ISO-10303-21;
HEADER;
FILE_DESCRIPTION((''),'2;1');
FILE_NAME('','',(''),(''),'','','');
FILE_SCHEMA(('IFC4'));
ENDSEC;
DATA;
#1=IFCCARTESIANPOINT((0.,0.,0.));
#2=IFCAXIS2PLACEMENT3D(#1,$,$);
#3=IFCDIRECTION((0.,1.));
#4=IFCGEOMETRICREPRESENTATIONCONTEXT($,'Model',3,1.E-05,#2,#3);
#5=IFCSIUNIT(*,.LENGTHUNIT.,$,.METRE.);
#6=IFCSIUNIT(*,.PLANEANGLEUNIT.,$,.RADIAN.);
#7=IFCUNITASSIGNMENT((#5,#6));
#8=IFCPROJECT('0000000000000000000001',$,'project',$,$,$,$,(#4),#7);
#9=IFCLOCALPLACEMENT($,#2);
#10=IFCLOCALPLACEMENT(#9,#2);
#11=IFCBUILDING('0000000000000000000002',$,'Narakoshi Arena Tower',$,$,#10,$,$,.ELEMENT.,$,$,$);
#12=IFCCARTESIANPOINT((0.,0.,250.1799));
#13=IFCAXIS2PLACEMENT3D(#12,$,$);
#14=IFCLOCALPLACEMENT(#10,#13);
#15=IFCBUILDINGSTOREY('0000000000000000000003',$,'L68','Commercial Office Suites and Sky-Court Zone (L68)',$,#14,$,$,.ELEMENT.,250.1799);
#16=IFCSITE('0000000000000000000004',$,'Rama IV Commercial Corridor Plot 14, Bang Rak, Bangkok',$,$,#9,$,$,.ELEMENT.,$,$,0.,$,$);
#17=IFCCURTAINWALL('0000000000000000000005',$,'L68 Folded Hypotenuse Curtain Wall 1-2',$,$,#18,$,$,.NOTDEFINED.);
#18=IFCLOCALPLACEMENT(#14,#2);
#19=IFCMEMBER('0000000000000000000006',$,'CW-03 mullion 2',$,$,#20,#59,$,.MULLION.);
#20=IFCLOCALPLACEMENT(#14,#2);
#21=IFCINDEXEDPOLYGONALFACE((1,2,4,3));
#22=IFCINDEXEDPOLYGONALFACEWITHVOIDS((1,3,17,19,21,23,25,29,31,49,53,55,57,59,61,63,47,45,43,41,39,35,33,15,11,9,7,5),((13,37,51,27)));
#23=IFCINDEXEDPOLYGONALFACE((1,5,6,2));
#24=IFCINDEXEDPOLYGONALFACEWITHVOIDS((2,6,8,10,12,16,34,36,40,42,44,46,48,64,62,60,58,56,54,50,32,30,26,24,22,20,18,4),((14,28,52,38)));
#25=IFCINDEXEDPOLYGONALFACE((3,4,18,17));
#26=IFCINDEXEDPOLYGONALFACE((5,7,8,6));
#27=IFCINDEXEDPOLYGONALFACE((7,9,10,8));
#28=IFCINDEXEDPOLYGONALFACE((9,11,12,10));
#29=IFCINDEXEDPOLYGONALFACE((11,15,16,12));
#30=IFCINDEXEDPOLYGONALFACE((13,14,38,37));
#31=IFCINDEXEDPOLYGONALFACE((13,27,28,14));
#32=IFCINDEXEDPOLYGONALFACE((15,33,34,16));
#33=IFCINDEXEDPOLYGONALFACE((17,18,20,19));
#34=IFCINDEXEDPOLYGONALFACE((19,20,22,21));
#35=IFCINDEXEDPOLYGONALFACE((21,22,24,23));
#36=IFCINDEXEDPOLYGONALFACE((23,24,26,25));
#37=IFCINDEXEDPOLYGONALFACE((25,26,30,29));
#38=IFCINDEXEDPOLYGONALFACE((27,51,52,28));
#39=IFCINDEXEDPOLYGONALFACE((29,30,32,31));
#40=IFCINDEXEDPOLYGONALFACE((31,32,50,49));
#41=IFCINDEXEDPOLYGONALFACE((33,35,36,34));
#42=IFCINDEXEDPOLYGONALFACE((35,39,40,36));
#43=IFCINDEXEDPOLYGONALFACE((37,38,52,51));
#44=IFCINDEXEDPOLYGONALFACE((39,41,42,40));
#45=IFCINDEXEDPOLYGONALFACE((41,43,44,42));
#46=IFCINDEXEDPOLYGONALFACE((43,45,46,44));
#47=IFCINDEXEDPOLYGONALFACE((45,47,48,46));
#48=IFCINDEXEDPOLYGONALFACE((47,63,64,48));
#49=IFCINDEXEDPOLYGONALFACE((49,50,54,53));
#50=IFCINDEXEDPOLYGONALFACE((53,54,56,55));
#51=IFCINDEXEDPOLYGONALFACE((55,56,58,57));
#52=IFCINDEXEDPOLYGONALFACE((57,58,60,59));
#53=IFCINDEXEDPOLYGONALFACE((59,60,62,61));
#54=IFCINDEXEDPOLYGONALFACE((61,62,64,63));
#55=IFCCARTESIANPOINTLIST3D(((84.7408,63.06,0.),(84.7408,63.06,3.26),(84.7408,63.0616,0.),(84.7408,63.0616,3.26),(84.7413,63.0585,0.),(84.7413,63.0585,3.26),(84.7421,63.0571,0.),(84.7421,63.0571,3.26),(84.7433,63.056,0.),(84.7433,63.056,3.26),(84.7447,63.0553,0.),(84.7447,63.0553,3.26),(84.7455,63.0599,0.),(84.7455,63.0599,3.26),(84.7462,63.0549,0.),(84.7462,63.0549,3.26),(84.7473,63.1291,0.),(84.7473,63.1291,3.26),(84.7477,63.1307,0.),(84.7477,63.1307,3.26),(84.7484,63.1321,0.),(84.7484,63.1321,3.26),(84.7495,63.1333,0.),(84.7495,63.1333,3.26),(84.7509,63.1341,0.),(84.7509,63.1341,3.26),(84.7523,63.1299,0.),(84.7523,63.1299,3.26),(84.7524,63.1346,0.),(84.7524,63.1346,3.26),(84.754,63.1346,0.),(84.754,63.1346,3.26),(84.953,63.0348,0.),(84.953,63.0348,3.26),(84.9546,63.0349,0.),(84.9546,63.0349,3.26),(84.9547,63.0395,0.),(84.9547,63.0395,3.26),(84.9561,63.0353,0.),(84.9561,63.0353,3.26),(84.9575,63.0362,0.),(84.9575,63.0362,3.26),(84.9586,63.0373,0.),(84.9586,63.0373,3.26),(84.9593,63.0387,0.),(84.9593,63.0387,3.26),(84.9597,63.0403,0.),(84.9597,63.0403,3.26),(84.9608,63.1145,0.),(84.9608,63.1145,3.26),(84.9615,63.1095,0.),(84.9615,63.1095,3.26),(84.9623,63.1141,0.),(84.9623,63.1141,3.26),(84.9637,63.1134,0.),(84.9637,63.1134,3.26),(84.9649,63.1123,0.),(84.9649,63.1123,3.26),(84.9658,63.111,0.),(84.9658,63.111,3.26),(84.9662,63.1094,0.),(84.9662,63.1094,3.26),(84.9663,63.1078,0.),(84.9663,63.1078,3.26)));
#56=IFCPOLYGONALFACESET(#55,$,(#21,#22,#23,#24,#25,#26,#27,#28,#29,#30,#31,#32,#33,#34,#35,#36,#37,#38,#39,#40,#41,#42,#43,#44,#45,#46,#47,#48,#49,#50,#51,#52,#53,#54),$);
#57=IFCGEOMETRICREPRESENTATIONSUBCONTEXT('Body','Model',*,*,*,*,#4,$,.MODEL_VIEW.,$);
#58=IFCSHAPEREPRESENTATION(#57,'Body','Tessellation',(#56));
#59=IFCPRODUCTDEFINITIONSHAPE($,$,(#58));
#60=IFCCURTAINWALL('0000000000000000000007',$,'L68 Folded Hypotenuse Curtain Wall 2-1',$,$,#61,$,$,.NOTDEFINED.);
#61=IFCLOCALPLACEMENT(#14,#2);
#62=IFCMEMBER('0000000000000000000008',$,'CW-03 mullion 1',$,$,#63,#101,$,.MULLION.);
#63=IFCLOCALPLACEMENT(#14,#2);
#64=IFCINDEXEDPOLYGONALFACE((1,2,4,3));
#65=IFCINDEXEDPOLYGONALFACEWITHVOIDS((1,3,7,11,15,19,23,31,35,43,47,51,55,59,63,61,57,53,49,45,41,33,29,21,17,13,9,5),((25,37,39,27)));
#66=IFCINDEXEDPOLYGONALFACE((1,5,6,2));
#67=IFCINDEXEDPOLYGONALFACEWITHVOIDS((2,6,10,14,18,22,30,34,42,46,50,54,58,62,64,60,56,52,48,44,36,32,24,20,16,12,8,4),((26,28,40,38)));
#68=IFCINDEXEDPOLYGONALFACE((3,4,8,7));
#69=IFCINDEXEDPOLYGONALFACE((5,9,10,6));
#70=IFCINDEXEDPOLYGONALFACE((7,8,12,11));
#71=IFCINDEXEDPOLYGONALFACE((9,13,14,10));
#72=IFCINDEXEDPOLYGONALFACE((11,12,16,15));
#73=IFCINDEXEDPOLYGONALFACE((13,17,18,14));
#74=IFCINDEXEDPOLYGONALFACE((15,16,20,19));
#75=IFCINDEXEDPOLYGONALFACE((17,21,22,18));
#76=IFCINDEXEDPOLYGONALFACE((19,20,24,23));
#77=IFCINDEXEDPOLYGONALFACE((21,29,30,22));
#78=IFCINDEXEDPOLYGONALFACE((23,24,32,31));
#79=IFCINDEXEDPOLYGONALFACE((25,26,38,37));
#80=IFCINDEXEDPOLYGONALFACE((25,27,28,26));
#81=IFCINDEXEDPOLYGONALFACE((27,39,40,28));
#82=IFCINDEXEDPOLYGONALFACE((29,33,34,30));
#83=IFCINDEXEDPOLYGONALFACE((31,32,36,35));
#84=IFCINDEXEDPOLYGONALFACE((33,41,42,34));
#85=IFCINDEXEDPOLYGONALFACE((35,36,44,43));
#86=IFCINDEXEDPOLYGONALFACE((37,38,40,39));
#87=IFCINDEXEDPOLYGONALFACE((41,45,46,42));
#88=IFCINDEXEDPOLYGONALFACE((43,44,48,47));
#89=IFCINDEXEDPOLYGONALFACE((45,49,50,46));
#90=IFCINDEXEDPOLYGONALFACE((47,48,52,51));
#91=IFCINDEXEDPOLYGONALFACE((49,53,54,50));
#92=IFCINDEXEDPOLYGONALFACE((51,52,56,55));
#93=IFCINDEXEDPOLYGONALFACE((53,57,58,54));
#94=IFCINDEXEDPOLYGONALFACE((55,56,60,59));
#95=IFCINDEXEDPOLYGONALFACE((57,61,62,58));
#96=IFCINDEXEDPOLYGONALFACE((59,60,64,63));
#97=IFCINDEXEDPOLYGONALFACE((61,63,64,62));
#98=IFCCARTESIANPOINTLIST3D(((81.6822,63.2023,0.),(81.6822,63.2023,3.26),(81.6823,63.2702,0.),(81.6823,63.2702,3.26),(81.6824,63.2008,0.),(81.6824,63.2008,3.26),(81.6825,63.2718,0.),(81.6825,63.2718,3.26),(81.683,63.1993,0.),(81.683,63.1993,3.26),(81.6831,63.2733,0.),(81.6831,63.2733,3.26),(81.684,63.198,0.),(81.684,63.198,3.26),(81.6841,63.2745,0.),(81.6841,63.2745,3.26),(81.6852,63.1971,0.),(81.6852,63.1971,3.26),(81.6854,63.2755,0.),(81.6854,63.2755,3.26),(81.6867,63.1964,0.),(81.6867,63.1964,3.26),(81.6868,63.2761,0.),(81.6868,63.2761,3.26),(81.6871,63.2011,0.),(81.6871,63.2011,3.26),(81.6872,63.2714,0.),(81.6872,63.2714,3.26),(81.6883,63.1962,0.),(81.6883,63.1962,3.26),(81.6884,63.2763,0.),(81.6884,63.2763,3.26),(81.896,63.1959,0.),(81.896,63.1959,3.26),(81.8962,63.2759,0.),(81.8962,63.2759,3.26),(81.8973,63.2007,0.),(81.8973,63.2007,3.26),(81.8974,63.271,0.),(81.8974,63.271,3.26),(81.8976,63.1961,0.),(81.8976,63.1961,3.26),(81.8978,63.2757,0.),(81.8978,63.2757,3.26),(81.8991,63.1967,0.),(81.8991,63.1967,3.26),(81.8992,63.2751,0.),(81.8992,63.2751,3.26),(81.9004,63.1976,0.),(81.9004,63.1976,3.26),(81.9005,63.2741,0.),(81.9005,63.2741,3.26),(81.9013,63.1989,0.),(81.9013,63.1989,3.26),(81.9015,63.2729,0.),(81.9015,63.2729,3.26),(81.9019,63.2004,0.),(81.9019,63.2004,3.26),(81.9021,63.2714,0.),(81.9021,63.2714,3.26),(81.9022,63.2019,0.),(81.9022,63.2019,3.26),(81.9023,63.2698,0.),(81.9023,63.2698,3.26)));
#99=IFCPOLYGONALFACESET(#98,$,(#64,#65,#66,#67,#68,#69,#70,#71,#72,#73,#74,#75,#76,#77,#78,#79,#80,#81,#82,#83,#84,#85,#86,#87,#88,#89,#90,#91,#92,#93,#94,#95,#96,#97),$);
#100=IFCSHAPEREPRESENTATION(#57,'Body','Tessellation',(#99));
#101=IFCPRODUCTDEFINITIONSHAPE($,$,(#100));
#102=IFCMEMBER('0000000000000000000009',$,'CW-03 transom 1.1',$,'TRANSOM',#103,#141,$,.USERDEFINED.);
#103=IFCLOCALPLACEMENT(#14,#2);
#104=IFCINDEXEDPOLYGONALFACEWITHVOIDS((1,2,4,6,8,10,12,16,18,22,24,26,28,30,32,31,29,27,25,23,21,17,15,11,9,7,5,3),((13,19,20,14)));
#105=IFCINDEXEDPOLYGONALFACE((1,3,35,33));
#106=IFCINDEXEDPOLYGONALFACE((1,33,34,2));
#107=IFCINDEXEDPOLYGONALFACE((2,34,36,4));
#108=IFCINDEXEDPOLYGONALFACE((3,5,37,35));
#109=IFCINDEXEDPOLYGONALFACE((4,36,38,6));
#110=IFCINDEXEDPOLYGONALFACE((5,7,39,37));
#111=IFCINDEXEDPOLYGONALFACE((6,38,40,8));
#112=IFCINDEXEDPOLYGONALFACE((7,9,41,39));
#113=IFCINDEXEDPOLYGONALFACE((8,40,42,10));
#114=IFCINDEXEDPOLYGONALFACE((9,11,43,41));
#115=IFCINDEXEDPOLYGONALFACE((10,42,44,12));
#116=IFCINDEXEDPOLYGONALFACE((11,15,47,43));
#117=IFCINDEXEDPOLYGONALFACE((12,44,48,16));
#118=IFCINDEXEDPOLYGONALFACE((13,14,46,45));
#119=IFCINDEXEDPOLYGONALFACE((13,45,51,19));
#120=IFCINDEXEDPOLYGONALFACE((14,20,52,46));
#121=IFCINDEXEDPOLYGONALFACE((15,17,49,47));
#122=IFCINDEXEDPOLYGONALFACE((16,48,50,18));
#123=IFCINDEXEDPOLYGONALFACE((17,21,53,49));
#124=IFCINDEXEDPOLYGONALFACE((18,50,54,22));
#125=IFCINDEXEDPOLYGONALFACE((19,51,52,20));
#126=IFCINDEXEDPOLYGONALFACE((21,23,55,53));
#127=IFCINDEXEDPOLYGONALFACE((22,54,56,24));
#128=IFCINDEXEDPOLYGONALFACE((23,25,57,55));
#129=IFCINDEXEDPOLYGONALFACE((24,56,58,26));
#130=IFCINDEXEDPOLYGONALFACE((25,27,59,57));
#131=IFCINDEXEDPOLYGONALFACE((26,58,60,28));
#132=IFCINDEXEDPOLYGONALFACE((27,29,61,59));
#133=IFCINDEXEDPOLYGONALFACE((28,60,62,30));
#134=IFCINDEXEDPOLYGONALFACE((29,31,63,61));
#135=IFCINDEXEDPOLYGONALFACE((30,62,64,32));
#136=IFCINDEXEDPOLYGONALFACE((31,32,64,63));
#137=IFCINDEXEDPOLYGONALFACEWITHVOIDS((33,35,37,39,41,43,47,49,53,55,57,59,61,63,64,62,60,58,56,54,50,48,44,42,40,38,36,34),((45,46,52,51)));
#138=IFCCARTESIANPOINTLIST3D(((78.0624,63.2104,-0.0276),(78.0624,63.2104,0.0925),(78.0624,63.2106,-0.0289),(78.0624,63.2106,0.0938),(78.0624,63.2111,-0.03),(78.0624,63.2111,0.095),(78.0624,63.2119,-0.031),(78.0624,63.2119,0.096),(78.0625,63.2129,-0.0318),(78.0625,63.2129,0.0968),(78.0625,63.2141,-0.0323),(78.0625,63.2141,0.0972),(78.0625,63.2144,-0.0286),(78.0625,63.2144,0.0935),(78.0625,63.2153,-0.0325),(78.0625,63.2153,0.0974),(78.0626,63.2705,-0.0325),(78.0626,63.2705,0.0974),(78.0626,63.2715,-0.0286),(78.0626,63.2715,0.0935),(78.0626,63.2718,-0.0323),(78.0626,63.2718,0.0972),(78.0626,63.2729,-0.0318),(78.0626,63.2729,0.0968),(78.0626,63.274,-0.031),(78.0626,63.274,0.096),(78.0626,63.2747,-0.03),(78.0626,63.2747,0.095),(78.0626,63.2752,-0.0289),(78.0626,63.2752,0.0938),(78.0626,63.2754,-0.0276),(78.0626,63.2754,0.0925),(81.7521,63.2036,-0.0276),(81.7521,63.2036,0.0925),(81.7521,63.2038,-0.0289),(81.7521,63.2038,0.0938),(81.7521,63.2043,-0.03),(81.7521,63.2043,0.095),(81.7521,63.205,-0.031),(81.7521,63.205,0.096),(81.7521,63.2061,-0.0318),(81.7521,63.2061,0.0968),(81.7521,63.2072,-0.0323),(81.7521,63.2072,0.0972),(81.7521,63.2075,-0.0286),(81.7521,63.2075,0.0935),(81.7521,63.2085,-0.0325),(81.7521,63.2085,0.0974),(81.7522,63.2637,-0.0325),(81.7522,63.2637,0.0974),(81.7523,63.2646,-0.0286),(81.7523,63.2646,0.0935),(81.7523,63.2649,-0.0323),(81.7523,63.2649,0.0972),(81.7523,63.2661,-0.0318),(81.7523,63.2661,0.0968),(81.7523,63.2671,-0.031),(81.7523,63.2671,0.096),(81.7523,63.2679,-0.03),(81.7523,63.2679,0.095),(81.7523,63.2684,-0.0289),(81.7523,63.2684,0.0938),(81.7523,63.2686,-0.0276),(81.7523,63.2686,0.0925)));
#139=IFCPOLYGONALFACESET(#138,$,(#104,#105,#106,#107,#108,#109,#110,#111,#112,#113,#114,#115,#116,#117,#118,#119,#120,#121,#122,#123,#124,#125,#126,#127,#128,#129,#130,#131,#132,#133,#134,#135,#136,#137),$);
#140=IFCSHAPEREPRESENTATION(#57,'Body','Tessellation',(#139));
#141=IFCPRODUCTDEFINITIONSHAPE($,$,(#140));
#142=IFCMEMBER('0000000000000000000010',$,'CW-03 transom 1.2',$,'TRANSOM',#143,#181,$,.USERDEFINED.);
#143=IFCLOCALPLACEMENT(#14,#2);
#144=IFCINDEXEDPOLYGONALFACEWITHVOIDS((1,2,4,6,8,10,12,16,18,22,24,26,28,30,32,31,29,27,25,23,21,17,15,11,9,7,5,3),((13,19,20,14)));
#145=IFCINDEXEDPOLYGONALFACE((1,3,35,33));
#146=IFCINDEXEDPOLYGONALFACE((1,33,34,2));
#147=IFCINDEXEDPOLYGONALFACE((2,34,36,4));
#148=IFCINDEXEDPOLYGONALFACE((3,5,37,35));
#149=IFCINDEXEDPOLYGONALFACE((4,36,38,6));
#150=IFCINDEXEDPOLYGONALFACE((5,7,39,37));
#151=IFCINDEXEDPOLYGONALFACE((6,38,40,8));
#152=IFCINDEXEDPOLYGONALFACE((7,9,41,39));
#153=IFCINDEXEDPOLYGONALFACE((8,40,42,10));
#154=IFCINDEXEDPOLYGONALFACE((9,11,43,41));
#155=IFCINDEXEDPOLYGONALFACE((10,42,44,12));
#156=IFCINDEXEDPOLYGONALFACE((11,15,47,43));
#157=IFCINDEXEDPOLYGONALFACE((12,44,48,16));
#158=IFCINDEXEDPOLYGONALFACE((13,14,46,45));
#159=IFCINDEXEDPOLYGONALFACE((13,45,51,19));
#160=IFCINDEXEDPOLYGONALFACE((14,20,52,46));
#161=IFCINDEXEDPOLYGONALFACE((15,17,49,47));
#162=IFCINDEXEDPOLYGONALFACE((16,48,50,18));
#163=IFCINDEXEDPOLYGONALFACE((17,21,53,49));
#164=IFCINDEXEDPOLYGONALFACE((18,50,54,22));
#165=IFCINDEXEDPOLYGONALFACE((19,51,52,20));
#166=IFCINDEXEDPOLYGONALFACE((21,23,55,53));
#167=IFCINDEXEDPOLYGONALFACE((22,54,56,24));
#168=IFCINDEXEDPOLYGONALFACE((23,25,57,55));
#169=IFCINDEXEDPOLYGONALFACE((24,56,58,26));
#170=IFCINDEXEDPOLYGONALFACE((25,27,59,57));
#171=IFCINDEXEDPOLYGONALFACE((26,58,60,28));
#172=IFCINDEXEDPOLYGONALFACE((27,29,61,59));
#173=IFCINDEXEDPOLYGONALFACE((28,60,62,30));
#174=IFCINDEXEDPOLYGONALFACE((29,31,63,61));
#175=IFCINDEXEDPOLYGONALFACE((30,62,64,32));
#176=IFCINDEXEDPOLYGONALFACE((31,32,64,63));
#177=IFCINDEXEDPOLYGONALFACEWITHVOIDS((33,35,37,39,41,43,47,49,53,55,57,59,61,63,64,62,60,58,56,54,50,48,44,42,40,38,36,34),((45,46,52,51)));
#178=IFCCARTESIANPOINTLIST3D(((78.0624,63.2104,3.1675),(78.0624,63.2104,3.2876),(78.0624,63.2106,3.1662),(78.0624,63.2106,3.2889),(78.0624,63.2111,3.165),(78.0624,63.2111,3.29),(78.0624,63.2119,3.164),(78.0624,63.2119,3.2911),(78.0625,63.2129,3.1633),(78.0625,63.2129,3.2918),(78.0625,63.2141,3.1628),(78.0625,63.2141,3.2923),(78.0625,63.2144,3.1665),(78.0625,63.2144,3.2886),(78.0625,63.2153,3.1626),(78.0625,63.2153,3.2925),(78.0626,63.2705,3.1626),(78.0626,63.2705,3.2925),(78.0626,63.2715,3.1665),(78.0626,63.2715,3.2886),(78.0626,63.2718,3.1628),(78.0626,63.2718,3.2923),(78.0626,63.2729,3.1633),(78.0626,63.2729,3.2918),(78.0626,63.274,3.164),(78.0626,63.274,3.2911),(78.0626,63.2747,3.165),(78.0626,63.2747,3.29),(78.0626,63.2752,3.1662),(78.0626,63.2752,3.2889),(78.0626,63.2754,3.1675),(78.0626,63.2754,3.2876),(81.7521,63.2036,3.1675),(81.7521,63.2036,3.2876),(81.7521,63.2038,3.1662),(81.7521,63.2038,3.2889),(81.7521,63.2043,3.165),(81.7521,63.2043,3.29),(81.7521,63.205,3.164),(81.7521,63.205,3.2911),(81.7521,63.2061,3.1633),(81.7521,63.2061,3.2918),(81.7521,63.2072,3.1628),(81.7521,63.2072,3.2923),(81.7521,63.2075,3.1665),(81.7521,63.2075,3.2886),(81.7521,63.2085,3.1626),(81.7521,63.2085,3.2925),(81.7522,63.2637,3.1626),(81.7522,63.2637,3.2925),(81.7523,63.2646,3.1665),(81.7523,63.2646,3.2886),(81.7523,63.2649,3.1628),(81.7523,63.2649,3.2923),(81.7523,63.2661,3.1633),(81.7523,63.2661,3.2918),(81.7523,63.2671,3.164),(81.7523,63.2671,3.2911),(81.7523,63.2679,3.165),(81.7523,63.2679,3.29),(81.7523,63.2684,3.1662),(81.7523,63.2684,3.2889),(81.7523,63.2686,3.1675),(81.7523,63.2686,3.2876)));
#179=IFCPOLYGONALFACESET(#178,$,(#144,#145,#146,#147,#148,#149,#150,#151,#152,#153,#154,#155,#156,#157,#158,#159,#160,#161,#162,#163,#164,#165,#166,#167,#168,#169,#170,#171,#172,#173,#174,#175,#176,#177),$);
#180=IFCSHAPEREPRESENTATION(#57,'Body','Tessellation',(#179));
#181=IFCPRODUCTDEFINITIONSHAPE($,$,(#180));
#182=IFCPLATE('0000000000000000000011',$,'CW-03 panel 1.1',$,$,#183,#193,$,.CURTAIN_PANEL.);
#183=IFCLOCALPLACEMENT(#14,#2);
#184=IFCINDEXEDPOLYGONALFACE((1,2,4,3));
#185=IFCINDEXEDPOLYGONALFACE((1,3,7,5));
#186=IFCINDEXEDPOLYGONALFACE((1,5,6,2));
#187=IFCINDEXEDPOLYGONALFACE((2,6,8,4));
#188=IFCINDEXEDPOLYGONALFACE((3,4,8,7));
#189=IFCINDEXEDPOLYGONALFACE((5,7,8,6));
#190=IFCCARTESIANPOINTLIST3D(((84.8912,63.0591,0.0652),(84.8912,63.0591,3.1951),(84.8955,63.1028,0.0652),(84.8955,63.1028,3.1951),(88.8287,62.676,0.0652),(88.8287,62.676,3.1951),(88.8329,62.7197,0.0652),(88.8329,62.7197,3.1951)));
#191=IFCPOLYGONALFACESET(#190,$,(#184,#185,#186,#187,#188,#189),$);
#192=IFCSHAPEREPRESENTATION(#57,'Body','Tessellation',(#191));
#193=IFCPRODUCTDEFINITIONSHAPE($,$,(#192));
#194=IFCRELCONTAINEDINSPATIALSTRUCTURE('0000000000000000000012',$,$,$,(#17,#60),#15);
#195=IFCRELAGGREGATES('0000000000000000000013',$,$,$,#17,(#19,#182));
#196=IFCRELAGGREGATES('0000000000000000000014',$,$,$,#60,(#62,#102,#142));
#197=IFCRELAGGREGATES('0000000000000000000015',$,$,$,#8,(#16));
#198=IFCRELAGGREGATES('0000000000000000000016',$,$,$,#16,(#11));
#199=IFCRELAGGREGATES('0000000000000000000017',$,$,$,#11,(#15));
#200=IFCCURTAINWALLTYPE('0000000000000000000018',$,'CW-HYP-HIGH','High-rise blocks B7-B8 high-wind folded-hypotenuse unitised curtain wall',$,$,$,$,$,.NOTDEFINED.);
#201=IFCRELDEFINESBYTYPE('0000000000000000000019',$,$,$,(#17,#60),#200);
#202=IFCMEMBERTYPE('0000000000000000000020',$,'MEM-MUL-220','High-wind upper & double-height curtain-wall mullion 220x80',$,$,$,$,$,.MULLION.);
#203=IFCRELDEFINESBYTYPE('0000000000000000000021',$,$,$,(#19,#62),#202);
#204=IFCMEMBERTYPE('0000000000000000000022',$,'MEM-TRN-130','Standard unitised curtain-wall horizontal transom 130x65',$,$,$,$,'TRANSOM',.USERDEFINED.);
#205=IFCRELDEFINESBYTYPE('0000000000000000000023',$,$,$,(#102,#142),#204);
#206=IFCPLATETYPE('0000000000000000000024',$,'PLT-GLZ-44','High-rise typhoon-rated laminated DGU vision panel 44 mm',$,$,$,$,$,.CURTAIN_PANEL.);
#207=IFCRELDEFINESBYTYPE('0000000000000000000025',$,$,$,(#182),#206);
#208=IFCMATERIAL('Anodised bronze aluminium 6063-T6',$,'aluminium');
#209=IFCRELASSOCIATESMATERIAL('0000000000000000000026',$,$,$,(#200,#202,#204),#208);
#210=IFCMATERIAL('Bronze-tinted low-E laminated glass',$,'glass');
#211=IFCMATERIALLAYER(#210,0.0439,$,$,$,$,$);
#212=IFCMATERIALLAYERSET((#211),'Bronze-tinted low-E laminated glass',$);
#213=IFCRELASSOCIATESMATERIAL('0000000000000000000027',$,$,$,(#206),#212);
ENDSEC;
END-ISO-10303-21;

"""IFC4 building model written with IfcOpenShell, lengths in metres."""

from ifc_helpers import new_model, si_unit, direction, frame, origin, origin_2d, place, context, subcontext, project, spatial, rectangle, hollow_rectangle, extrude, material, layer, layer_set, material_profile, profile_set, type_object, element, aggregate, save


model = new_model("IFC4")

# Units and contexts
model_context = context("Model", 3, precision=1e-05, world=origin(), true_north=direction((0.0, 1.0)))
body_context = subcontext(model_context, "Body", "Model", "MODEL_VIEW")
ifc_project = project(units=[si_unit("LENGTHUNIT", "METRE"), si_unit("PLANEANGLEUNIT", "RADIAN")], contexts=[model_context])

# Site, building, storey
site_placement = place(None, origin())
site = spatial("IfcSite", under=ifc_project, at=site_placement, Name="Rama IV Commercial Corridor Plot 14, Bang Rak, Bangkok", CompositionType="ELEMENT", RefElevation=0.0)
building_placement = place(site_placement, origin())
building = spatial("IfcBuilding", under=site, at=building_placement, Name="Narakoshi Arena Tower", CompositionType="ELEMENT")
storey_placement = place(building_placement, frame((0.0, 0.0, 250.1799)))
storey = spatial("IfcBuildingStorey", under=building, at=storey_placement, Name="L68", Description="Commercial Office Suites and Sky-Court Zone (L68)", CompositionType="ELEMENT", Elevation=250.1799)

# Curtain wall, member
ifc_material_1 = material(Name="Anodised bronze aluminium 6063-T6", Category="aluminium")
curtain_wall_type = type_object("IfcCurtainWallType", Name="CW-HYP-HIGH", Description="High-rise blocks B7-B8 high-wind folded-hypotenuse unitised curtain wall", PredefinedType="NOTDEFINED", material=ifc_material_1)
curtain_wall_1_placement = place(storey_placement, origin())
curtain_wall_1 = element("IfcCurtainWall", 1, at=curtain_wall_1_placement, inside=storey, type_object=curtain_wall_type, Name="L68 Folded Hypotenuse Curtain Wall 1-2", PredefinedType="NOTDEFINED")
ifc_material_profile_1 = material_profile(ifc_material_1, hollow_rectangle(XDim=0.0801, YDim=0.22, WallThickness=0.0049, OuterFilletRadius=0.0061, at=origin_2d()), Name="MUL220x80x5")
ifc_profile_set_1 = profile_set([ifc_material_profile_1], Name="Anodised bronze aluminium 6063-T6")
member_type_1 = type_object("IfcMemberType", Name="MEM-MUL-220", Description="High-wind upper & double-height curtain-wall mullion 220x80", PredefinedType="MULLION", material=ifc_profile_set_1)
member_1_placement = place(storey_placement, frame((84.8535, 63.0847, 0.0), z_axis=(0.0, 0.0, 1.0), x_axis=(-0.096843, -0.9953, 0.0)))
member_1 = element("IfcMember", 2, at=member_1_placement, type_object=member_type_1, Name="CW-03 mullion 2", PredefinedType="MULLION", context=body_context, shape_type="SweptSolid", body=[
    extrude(hollow_rectangle(XDim=0.0801, YDim=0.22, WallThickness=0.0049, OuterFilletRadius=0.0061, at=origin_2d()), origin(), (0.0, 0.0, 1.0), 3.26),
])

# Curtain wall, members
curtain_wall_2_placement = place(storey_placement, origin())
curtain_wall_2 = element("IfcCurtainWall", 3, at=curtain_wall_2_placement, inside=storey, type_object=curtain_wall_type, Name="L68 Folded Hypotenuse Curtain Wall 2-1", PredefinedType="NOTDEFINED")
member_2_placement = place(storey_placement, frame((81.7922, 63.2361, 0.0), z_axis=(0.0, 0.0, 1.0), x_axis=(-0.00182, -0.999998, 0.0)))
member_2 = element("IfcMember", 4, at=member_2_placement, type_object=member_type_1, Name="CW-03 mullion 1", PredefinedType="MULLION", context=body_context, shape_type="SweptSolid", body=[
    extrude(hollow_rectangle(XDim=0.0801, YDim=0.22, WallThickness=0.0049, OuterFilletRadius=0.0061, at=origin_2d()), origin(), (0.0, 0.0, 1.0), 3.26),
])
ifc_material_profile_2 = material_profile(ifc_material_1, hollow_rectangle(XDim=0.0649, YDim=0.1299, WallThickness=0.0039, OuterFilletRadius=0.0049, at=origin_2d()), Name="TRN130x65x4")
ifc_profile_set_2 = profile_set([ifc_material_profile_2], Name="Anodised bronze aluminium 6063-T6")
member_type_2 = type_object("IfcMemberType", Name="MEM-TRN-130", Description="Standard unitised curtain-wall horizontal transom 130x65", ElementType="TRANSOM", PredefinedType="USERDEFINED", material=ifc_profile_set_2)
member_3_placement = place(storey_placement, frame((81.7522, 63.2361, 0.0325), z_axis=(-0.999998, 0.001853, 0.0), x_axis=(-0.001853, -0.999998, 0.0)))
member_3 = element("IfcMember", 5, at=member_3_placement, type_object=member_type_2, Name="CW-03 transom 1.1", ObjectType="TRANSOM", PredefinedType="USERDEFINED", context=body_context, shape_type="SweptSolid", body=[
    extrude(hollow_rectangle(XDim=0.0649, YDim=0.1299, WallThickness=0.0039, OuterFilletRadius=0.0049, at=origin_2d()), origin(), (0.0, 0.0, 1.0), 3.6897),
])
member_4_placement = place(storey_placement, frame((81.7522, 63.2361, 3.2275), z_axis=(-0.999998, 0.001853, 0.0), x_axis=(-0.001853, -0.999998, 0.0)))
member_4 = element("IfcMember", 6, at=member_4_placement, type_object=member_type_2, Name="CW-03 transom 1.2", ObjectType="TRANSOM", PredefinedType="USERDEFINED", context=body_context, shape_type="SweptSolid", body=[
    extrude(hollow_rectangle(XDim=0.0649, YDim=0.1299, WallThickness=0.0039, OuterFilletRadius=0.0049, at=origin_2d()), origin(), (0.0, 0.0, 1.0), 3.6897),
])

# Plate
ifc_material_2 = material(Name="Bronze-tinted low-E laminated glass", Category="glass")
ifc_layer_1 = layer(ifc_material_2, 0.0439)
ifc_layer_set_1 = layer_set([ifc_layer_1], Name="Bronze-tinted low-E laminated glass")
plate_type = type_object("IfcPlateType", Name="PLT-GLZ-44", Description="High-rise typhoon-rated laminated DGU vision panel 44 mm", PredefinedType="CURTAIN_PANEL", material=ifc_layer_set_1)
plate_1_placement = place(storey_placement, frame((86.8621, 62.8894, 0.0652), z_axis=(0.0, 0.0, 1.0), x_axis=(-0.9953, 0.096843, 0.0)))
plate_1 = element("IfcPlate", 7, at=plate_1_placement, type_object=plate_type, Name="CW-03 panel 1.1", PredefinedType="CURTAIN_PANEL", context=body_context, shape_type="SweptSolid", body=[
    extrude(rectangle(XDim=3.9561, YDim=0.0439, at=origin_2d()), origin(), (0.0, 0.0, 1.0), 3.1299),
])
aggregate(curtain_wall_1, [member_1, plate_1])
aggregate(curtain_wall_2, [member_2, member_3, member_4])

save(model, "model.ifc")
